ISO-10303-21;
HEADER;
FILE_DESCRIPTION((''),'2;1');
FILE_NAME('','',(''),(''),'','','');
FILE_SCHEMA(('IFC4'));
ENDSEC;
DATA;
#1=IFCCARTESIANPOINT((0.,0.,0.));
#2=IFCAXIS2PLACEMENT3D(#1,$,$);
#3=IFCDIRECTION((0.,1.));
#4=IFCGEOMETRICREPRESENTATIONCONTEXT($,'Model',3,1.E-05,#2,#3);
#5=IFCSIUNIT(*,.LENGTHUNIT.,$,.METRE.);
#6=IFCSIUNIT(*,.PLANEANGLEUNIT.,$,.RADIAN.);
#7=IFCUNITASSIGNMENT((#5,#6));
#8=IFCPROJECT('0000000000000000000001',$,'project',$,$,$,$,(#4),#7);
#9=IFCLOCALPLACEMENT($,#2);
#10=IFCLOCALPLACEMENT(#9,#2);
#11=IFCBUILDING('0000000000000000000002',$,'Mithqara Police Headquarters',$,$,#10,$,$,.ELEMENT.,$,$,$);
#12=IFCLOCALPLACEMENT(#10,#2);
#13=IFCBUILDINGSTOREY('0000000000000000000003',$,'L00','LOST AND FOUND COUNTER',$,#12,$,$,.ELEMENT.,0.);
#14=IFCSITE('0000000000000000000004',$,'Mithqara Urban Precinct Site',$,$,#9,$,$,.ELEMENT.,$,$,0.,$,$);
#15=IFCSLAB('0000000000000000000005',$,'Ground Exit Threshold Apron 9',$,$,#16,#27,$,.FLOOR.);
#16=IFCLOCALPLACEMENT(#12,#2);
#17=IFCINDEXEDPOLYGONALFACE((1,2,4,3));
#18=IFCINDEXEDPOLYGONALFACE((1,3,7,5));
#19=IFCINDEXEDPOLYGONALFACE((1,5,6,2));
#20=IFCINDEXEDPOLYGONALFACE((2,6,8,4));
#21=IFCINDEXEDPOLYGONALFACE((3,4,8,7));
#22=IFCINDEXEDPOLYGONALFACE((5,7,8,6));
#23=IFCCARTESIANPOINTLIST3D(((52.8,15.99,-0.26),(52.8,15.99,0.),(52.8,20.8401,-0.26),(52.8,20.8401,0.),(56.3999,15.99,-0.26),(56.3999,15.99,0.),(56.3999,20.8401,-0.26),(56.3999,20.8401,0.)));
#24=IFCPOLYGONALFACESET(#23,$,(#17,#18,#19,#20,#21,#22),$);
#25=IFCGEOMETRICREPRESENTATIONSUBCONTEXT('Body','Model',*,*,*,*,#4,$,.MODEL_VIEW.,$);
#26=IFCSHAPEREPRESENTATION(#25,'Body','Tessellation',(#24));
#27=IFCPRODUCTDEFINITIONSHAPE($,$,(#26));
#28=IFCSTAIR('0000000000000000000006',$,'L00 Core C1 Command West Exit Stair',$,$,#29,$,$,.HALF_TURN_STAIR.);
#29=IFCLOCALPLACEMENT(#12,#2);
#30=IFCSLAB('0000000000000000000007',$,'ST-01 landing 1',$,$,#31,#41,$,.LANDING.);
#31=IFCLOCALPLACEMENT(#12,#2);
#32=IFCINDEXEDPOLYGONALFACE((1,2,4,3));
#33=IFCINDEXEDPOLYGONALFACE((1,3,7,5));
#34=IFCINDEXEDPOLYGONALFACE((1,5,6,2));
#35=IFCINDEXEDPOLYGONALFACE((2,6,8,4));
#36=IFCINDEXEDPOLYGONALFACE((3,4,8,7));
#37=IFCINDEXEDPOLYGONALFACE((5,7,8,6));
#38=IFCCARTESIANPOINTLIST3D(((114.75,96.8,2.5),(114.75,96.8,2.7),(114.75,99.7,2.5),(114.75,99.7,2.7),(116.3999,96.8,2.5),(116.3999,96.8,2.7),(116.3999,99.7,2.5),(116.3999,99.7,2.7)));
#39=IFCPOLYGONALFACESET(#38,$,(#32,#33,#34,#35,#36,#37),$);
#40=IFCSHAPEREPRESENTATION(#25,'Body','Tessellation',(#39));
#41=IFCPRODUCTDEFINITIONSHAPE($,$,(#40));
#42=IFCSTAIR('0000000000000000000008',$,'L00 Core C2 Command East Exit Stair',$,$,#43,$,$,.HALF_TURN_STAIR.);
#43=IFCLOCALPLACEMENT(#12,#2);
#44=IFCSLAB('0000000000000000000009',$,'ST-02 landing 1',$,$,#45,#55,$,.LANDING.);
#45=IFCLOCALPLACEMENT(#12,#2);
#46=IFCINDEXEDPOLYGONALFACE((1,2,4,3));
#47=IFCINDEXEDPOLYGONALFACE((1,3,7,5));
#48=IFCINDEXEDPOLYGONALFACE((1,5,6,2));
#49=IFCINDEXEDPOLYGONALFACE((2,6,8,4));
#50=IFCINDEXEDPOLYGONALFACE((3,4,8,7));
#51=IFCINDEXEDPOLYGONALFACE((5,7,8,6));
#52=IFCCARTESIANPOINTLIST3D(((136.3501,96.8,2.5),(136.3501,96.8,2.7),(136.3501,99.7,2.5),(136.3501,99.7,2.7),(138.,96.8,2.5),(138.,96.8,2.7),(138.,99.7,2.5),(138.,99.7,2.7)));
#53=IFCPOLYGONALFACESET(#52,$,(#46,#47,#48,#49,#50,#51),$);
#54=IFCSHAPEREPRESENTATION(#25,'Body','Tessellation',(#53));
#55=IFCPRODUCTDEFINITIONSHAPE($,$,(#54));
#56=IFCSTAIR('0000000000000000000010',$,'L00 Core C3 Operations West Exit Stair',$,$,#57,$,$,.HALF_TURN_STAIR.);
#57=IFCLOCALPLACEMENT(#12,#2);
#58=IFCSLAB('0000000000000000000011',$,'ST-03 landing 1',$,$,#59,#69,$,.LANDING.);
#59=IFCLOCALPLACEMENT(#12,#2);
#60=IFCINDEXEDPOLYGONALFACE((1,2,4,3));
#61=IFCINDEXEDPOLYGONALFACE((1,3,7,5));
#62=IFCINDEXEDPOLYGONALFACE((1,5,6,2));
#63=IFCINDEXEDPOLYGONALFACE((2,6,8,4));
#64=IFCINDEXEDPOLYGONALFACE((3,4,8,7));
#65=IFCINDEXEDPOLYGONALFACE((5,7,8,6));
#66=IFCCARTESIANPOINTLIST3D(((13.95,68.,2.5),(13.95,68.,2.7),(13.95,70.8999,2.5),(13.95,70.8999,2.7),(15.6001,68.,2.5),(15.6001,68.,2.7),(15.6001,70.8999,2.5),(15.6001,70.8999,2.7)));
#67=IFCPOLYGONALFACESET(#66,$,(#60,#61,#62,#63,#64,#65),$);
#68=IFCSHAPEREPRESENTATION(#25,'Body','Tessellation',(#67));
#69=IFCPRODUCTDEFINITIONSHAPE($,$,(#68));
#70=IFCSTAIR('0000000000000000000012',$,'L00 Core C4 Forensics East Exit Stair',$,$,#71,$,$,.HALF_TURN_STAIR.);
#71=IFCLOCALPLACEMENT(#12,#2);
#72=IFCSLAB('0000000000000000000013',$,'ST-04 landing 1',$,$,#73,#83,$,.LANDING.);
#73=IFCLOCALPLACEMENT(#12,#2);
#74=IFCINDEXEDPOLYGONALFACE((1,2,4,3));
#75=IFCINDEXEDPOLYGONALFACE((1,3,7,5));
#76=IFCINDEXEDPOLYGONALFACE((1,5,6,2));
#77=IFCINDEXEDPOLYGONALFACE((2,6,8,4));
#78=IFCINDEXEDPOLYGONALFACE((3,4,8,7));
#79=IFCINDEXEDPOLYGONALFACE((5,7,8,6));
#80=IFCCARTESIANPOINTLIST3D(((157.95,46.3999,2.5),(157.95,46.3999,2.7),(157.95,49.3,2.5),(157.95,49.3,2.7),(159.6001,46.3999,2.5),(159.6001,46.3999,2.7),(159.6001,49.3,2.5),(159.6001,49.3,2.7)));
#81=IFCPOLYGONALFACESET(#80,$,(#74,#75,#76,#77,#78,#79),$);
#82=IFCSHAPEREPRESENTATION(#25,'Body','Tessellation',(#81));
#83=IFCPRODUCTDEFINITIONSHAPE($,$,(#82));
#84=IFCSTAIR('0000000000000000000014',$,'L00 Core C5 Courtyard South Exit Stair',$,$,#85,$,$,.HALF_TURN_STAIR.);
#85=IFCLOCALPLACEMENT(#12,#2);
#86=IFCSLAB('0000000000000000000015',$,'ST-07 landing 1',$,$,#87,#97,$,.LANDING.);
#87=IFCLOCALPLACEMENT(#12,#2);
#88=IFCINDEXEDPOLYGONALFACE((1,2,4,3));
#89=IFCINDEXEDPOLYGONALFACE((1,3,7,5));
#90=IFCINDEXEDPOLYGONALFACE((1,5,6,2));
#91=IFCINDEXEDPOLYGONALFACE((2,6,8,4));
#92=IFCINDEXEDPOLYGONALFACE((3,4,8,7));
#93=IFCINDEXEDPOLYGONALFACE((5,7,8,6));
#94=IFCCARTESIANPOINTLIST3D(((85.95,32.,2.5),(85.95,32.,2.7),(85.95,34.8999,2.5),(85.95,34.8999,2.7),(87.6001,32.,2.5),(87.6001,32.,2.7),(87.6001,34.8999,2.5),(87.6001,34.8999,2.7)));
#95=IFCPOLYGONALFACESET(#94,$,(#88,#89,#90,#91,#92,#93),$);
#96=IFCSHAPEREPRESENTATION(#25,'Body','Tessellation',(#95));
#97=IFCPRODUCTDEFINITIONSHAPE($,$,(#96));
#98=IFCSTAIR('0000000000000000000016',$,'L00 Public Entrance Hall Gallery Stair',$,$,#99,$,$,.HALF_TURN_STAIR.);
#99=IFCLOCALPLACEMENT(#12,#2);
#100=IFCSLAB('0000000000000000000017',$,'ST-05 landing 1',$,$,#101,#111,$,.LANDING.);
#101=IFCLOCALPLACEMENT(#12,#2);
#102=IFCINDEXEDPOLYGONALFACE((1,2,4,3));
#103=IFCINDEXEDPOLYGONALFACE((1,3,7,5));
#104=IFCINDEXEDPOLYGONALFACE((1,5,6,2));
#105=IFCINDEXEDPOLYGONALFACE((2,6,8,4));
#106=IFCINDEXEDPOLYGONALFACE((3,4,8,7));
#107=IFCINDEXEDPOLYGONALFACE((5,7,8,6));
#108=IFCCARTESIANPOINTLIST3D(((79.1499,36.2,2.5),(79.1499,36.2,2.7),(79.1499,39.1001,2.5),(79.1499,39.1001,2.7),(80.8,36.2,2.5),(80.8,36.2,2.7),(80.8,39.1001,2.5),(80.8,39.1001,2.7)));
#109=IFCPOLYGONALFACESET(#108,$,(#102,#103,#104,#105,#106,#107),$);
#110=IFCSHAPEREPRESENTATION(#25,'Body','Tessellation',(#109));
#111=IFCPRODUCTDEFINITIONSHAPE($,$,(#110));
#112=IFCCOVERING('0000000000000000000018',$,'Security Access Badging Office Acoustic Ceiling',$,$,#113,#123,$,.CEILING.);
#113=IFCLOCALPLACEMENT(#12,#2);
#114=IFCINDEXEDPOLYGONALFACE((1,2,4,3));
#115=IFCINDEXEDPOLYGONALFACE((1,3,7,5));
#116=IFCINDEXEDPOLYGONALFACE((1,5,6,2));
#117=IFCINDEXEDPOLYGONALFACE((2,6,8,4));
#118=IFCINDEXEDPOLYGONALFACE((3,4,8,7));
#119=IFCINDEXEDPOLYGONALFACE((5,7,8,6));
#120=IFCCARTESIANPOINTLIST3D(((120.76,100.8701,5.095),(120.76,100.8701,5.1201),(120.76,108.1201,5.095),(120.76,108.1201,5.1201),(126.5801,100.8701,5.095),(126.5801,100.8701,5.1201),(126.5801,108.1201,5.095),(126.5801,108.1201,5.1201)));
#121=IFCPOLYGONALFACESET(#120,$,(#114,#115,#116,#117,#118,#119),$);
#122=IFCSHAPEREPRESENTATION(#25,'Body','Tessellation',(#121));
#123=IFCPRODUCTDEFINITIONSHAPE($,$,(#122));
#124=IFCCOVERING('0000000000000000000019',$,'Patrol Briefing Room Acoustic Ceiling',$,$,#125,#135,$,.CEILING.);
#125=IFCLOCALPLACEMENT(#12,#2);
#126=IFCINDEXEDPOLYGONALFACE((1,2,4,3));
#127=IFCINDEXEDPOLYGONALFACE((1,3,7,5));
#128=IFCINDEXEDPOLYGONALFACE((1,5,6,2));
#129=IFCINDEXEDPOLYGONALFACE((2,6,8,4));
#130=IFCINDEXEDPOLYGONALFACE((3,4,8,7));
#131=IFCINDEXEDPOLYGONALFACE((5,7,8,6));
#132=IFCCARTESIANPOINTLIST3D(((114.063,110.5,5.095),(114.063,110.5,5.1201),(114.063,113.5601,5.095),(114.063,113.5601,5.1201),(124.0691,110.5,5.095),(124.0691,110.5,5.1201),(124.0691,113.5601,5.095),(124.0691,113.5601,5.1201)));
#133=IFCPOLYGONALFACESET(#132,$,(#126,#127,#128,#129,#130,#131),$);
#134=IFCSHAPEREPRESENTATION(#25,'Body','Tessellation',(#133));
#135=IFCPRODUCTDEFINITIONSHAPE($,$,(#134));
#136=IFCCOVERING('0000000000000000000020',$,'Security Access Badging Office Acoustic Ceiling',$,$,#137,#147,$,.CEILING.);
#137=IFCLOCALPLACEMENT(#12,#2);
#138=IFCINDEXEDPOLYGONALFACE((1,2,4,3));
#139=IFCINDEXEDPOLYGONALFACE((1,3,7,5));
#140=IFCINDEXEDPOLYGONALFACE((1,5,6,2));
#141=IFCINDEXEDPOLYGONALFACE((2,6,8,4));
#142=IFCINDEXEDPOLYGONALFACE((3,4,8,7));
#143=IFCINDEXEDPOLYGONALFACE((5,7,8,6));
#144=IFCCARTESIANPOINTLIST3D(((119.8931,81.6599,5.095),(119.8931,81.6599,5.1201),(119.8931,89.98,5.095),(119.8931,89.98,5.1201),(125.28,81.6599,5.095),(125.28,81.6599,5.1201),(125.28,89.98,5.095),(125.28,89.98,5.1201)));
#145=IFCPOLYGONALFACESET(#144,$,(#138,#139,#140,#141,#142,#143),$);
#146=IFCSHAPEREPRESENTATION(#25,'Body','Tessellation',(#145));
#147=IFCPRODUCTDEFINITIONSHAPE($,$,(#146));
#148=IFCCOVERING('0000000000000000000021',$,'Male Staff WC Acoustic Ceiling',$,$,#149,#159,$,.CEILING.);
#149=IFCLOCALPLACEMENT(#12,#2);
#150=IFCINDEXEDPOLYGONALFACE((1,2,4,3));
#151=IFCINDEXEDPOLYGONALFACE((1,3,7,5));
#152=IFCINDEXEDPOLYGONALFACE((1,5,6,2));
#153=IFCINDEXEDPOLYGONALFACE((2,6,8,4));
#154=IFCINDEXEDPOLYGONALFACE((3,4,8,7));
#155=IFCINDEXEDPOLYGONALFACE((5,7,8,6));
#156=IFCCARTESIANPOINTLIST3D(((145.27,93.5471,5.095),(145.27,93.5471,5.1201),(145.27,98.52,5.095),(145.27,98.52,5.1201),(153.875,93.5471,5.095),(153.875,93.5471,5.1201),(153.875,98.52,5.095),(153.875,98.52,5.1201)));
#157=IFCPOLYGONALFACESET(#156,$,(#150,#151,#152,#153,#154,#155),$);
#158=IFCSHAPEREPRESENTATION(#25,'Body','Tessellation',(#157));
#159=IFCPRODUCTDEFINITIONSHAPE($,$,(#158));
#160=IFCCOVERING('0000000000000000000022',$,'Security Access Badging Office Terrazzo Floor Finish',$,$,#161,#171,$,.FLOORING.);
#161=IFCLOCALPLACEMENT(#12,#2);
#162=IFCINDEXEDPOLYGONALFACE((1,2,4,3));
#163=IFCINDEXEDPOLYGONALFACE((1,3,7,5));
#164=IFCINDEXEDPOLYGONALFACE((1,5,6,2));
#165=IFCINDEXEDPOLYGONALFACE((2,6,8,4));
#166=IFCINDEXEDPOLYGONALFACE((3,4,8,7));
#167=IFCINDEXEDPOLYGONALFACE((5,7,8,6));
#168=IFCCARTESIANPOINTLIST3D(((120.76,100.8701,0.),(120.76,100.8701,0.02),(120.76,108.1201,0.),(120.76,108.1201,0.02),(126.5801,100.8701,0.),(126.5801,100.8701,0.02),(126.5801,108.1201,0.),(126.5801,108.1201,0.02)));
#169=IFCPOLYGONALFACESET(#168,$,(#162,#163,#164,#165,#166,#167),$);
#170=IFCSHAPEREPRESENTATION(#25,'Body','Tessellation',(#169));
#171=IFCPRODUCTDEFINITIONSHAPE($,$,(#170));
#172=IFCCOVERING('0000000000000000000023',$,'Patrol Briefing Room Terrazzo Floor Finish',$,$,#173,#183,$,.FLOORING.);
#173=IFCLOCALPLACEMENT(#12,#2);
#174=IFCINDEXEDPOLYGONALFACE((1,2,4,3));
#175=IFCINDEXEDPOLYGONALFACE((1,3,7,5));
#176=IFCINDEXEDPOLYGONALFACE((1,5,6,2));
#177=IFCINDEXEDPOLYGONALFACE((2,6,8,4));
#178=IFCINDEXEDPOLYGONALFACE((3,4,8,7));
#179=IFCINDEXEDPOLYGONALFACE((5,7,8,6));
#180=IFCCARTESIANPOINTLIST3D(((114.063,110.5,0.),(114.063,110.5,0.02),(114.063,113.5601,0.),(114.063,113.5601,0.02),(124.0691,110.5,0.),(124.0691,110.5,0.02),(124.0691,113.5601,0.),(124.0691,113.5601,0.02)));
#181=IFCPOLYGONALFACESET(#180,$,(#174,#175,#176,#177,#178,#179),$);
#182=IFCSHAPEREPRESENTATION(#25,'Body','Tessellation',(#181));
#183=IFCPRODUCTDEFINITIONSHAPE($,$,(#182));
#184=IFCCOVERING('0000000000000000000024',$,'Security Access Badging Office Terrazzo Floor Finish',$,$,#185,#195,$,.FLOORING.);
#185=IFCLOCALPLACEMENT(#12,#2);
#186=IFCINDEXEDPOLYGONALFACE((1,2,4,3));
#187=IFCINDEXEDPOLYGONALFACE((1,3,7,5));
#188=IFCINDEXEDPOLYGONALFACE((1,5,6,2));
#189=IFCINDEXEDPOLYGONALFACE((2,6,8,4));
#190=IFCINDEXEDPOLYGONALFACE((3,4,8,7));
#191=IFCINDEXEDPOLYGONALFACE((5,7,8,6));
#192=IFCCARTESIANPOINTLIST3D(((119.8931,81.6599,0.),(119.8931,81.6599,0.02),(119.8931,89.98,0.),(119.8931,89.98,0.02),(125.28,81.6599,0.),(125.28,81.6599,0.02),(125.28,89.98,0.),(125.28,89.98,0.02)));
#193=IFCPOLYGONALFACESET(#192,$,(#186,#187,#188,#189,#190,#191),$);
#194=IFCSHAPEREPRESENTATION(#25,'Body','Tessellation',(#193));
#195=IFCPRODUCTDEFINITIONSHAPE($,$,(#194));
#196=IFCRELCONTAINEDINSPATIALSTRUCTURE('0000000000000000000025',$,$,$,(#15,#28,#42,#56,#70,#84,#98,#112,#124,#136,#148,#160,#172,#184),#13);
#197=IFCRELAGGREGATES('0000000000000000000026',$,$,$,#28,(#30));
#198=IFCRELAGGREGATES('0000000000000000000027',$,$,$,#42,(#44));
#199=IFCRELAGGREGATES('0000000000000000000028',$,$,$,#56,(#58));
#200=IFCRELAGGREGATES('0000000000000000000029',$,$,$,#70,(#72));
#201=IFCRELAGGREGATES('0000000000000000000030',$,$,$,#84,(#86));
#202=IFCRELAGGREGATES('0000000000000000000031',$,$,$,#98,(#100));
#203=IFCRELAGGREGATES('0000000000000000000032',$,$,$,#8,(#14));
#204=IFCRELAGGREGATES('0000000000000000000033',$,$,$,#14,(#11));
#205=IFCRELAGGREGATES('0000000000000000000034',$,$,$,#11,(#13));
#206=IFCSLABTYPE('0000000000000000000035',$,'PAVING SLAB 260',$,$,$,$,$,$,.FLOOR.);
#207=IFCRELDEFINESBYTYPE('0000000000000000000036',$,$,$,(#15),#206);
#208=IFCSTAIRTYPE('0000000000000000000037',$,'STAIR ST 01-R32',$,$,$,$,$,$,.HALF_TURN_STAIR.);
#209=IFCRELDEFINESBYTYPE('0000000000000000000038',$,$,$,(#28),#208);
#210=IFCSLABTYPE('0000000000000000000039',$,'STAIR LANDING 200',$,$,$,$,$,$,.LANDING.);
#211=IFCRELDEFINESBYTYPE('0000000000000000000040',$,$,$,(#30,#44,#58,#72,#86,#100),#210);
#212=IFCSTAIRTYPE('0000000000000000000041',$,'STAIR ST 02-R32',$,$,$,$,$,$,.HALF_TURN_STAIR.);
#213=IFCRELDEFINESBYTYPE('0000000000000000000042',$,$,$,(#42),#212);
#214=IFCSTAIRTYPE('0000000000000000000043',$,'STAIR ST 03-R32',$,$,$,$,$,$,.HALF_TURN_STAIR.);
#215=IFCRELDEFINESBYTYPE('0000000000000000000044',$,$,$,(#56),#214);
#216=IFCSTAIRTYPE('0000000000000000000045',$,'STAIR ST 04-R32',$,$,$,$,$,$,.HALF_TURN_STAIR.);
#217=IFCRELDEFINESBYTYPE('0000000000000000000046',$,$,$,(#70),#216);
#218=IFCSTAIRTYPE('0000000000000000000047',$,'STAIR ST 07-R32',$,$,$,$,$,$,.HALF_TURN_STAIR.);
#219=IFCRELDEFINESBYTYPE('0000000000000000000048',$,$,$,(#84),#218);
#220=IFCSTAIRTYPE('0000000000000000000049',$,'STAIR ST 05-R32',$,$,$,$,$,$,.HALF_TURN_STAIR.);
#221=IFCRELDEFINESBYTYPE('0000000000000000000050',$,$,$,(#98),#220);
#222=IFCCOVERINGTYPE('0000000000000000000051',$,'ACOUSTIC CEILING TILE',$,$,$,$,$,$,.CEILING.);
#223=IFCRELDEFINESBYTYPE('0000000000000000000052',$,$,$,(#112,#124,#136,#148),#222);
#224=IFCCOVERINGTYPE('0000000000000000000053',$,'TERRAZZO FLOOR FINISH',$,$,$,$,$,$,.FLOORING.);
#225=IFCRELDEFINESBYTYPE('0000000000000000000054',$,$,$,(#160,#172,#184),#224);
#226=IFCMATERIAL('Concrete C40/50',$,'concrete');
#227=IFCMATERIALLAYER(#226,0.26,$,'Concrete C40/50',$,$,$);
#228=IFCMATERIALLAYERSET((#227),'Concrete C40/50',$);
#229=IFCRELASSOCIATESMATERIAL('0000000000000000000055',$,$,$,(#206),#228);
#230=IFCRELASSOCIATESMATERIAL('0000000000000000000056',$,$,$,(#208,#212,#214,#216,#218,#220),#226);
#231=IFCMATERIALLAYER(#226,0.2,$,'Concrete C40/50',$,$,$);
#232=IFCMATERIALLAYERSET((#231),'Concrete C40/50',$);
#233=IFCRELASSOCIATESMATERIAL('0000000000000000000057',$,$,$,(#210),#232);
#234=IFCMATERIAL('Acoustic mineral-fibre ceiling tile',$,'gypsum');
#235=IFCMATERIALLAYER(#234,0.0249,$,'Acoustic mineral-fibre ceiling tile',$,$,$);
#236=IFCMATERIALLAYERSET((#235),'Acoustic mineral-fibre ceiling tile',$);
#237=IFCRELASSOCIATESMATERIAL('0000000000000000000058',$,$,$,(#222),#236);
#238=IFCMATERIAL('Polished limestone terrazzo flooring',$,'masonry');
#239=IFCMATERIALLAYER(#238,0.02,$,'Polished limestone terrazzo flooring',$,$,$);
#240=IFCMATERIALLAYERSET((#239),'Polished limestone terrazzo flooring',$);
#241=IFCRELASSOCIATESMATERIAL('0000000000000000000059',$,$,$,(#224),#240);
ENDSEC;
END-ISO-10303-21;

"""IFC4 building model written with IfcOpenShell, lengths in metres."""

from ifc_helpers import new_model, si_unit, direction, frame, origin, place, context, subcontext, project, spatial, polyline, outline, extrude, material, layer, layer_set, type_object, element, aggregate, save


model = new_model("IFC4")

# Units and contexts
model_context = context("Model", 3, precision=1e-05, world=origin(), true_north=direction((0.0, 1.0)))
body_context = subcontext(model_context, "Body", "Model", "MODEL_VIEW")
ifc_project = project(units=[si_unit("LENGTHUNIT", "METRE"), si_unit("PLANEANGLEUNIT", "RADIAN")], contexts=[model_context])

# Site, building, storey
site_placement = place(None, origin())
site = spatial("IfcSite", under=ifc_project, at=site_placement, Name="Mithqara Urban Precinct Site", CompositionType="ELEMENT", RefElevation=0.0)
building_placement = place(site_placement, origin())
building = spatial("IfcBuilding", under=site, at=building_placement, Name="Mithqara Police Headquarters", CompositionType="ELEMENT")
storey_placement = place(building_placement, origin())
storey = spatial("IfcBuildingStorey", under=building, at=storey_placement, Name="L00", Description="LOST AND FOUND COUNTER", CompositionType="ELEMENT", Elevation=0.0)

# Slab
ifc_material_1 = material(Name="Concrete C40/50", Category="concrete")
ifc_layer_1 = layer(ifc_material_1, 0.26, Name="Concrete C40/50")
ifc_layer_set_1 = layer_set([ifc_layer_1], Name="Concrete C40/50")
slab_type_1 = type_object("IfcSlabType", Name="PAVING SLAB 260", PredefinedType="FLOOR", material=ifc_layer_set_1)
slab_1_placement = place(storey_placement, frame((0.0, 0.0, -0.26)))
element("IfcSlab", 1, at=slab_1_placement, inside=storey, type_object=slab_type_1, Name="Ground Exit Threshold Apron 9", PredefinedType="FLOOR", context=body_context, shape_type="SweptSolid", body=[
    extrude(outline(polyline([(56.3999, 20.8401), (56.3999, 15.99), (52.8, 15.99), (52.8, 20.8401), (56.3999, 20.8401)])), origin(), (0.0, 0.0, 1.0), 0.26),
])

# Stairs, slabs
stair_type_1 = type_object("IfcStairType", Name="STAIR ST 01-R32", PredefinedType="HALF_TURN_STAIR", material=ifc_material_1)
stair_1_placement = place(storey_placement, origin())
stair_1 = element("IfcStair", 2, at=stair_1_placement, inside=storey, type_object=stair_type_1, Name="L00 Core C1 Command West Exit Stair", PredefinedType="HALF_TURN_STAIR")
ifc_layer_2 = layer(ifc_material_1, 0.2, Name="Concrete C40/50")
ifc_layer_set_2 = layer_set([ifc_layer_2], Name="Concrete C40/50")
slab_type_2 = type_object("IfcSlabType", Name="STAIR LANDING 200", PredefinedType="LANDING", material=ifc_layer_set_2)
slab_2_placement = place(storey_placement, frame((0.0, 0.0, 2.5)))
slab_2 = element("IfcSlab", 3, at=slab_2_placement, type_object=slab_type_2, Name="ST-01 landing 1", PredefinedType="LANDING", context=body_context, shape_type="SweptSolid", body=[
    extrude(outline(polyline([(114.75, 96.8), (116.3999, 96.8), (116.3999, 99.7), (114.75, 99.7), (114.75, 96.8)])), origin(), (0.0, 0.0, 1.0), 0.2),
])
aggregate(stair_1, [slab_2])
stair_type_2 = type_object("IfcStairType", Name="STAIR ST 02-R32", PredefinedType="HALF_TURN_STAIR", material=ifc_material_1)
stair_2_placement = place(storey_placement, origin())
stair_2 = element("IfcStair", 4, at=stair_2_placement, inside=storey, type_object=stair_type_2, Name="L00 Core C2 Command East Exit Stair", PredefinedType="HALF_TURN_STAIR")
slab_3_placement = place(storey_placement, frame((0.0, 0.0, 2.5)))
slab_3 = element("IfcSlab", 5, at=slab_3_placement, type_object=slab_type_2, Name="ST-02 landing 1", PredefinedType="LANDING", context=body_context, shape_type="SweptSolid", body=[
    extrude(outline(polyline([(136.3501, 96.8), (138.0, 96.8), (138.0, 99.7), (136.3501, 99.7), (136.3501, 96.8)])), origin(), (0.0, 0.0, 1.0), 0.2),
])
aggregate(stair_2, [slab_3])
stair_type_3 = type_object("IfcStairType", Name="STAIR ST 03-R32", PredefinedType="HALF_TURN_STAIR", material=ifc_material_1)
stair_3_placement = place(storey_placement, origin())
stair_3 = element("IfcStair", 6, at=stair_3_placement, inside=storey, type_object=stair_type_3, Name="L00 Core C3 Operations West Exit Stair", PredefinedType="HALF_TURN_STAIR")
slab_4_placement = place(storey_placement, frame((0.0, 0.0, 2.5)))
slab_4 = element("IfcSlab", 7, at=slab_4_placement, type_object=slab_type_2, Name="ST-03 landing 1", PredefinedType="LANDING", context=body_context, shape_type="SweptSolid", body=[
    extrude(outline(polyline([(13.95, 68.0), (15.6001, 68.0), (15.6001, 70.8999), (13.95, 70.8999), (13.95, 68.0)])), origin(), (0.0, 0.0, 1.0), 0.2),
])
aggregate(stair_3, [slab_4])
stair_type_4 = type_object("IfcStairType", Name="STAIR ST 04-R32", PredefinedType="HALF_TURN_STAIR", material=ifc_material_1)
stair_4_placement = place(storey_placement, origin())
stair_4 = element("IfcStair", 8, at=stair_4_placement, inside=storey, type_object=stair_type_4, Name="L00 Core C4 Forensics East Exit Stair", PredefinedType="HALF_TURN_STAIR")
slab_5_placement = place(storey_placement, frame((0.0, 0.0, 2.5)))
slab_5 = element("IfcSlab", 9, at=slab_5_placement, type_object=slab_type_2, Name="ST-04 landing 1", PredefinedType="LANDING", context=body_context, shape_type="SweptSolid", body=[
    extrude(outline(polyline([(157.95, 46.3999), (159.6001, 46.3999), (159.6001, 49.3), (157.95, 49.3), (157.95, 46.3999)])), origin(), (0.0, 0.0, 1.0), 0.2),
])
aggregate(stair_4, [slab_5])
stair_type_5 = type_object("IfcStairType", Name="STAIR ST 07-R32", PredefinedType="HALF_TURN_STAIR", material=ifc_material_1)
stair_5_placement = place(storey_placement, origin())
stair_5 = element("IfcStair", 10, at=stair_5_placement, inside=storey, type_object=stair_type_5, Name="L00 Core C5 Courtyard South Exit Stair", PredefinedType="HALF_TURN_STAIR")
slab_6_placement = place(storey_placement, frame((0.0, 0.0, 2.5)))
slab_6 = element("IfcSlab", 11, at=slab_6_placement, type_object=slab_type_2, Name="ST-07 landing 1", PredefinedType="LANDING", context=body_context, shape_type="SweptSolid", body=[
    extrude(outline(polyline([(85.95, 32.0), (87.6001, 32.0), (87.6001, 34.8999), (85.95, 34.8999), (85.95, 32.0)])), origin(), (0.0, 0.0, 1.0), 0.2),
])
aggregate(stair_5, [slab_6])
stair_type_6 = type_object("IfcStairType", Name="STAIR ST 05-R32", PredefinedType="HALF_TURN_STAIR", material=ifc_material_1)
stair_6_placement = place(storey_placement, origin())
stair_6 = element("IfcStair", 12, at=stair_6_placement, inside=storey, type_object=stair_type_6, Name="L00 Public Entrance Hall Gallery Stair", PredefinedType="HALF_TURN_STAIR")
slab_7_placement = place(storey_placement, frame((0.0, 0.0, 2.5)))
slab_7 = element("IfcSlab", 13, at=slab_7_placement, type_object=slab_type_2, Name="ST-05 landing 1", PredefinedType="LANDING", context=body_context, shape_type="SweptSolid", body=[
    extrude(outline(polyline([(79.1499, 36.2), (80.8, 36.2), (80.8, 39.1001), (79.1499, 39.1001), (79.1499, 36.2)])), origin(), (0.0, 0.0, 1.0), 0.2),
])
aggregate(stair_6, [slab_7])

# Coverings
ifc_material_2 = material(Name="Acoustic mineral-fibre ceiling tile", Category="gypsum")
ifc_layer_3 = layer(ifc_material_2, 0.0249, Name="Acoustic mineral-fibre ceiling tile")
ifc_layer_set_3 = layer_set([ifc_layer_3], Name="Acoustic mineral-fibre ceiling tile")
covering_type_1 = type_object("IfcCoveringType", Name="ACOUSTIC CEILING TILE", PredefinedType="CEILING", material=ifc_layer_set_3)
covering_1_placement = place(storey_placement, frame((0.0, 0.0, 5.095)))
element("IfcCovering", 14, at=covering_1_placement, inside=storey, type_object=covering_type_1, Name="Security Access Badging Office Acoustic Ceiling", PredefinedType="CEILING", context=body_context, shape_type="SweptSolid", body=[
    extrude(outline(polyline([(120.76, 100.8701), (126.5801, 100.8701), (126.5801, 108.1201), (120.76, 108.1201), (120.76, 100.8701)])), origin(), (0.0, 0.0, 1.0), 0.0251),
])
covering_2_placement = place(storey_placement, frame((0.0, 0.0, 5.095)))
element("IfcCovering", 15, at=covering_2_placement, inside=storey, type_object=covering_type_1, Name="Patrol Briefing Room Acoustic Ceiling", PredefinedType="CEILING", context=body_context, shape_type="SweptSolid", body=[
    extrude(outline(polyline([(114.063, 110.5), (124.0691, 110.5), (124.0691, 113.5601), (114.063, 113.5601), (114.063, 110.5)])), origin(), (0.0, 0.0, 1.0), 0.0251),
])
covering_3_placement = place(storey_placement, frame((0.0, 0.0, 5.095)))
element("IfcCovering", 16, at=covering_3_placement, inside=storey, type_object=covering_type_1, Name="Security Access Badging Office Acoustic Ceiling", PredefinedType="CEILING", context=body_context, shape_type="SweptSolid", body=[
    extrude(outline(polyline([(119.8931, 81.6599), (125.28, 81.6599), (125.28, 89.98), (119.8931, 89.98), (119.8931, 81.6599)])), origin(), (0.0, 0.0, 1.0), 0.0251),
])
covering_4_placement = place(storey_placement, frame((0.0, 0.0, 5.095)))
element("IfcCovering", 17, at=covering_4_placement, inside=storey, type_object=covering_type_1, Name="Male Staff WC Acoustic Ceiling", PredefinedType="CEILING", context=body_context, shape_type="SweptSolid", body=[
    extrude(outline(polyline([(145.27, 93.5471), (153.875, 93.5471), (153.875, 98.52), (145.27, 98.52), (145.27, 93.5471)])), origin(), (0.0, 0.0, 1.0), 0.0251),
])
ifc_material_3 = material(Name="Polished limestone terrazzo flooring", Category="masonry")
ifc_layer_4 = layer(ifc_material_3, 0.02, Name="Polished limestone terrazzo flooring")
ifc_layer_set_4 = layer_set([ifc_layer_4], Name="Polished limestone terrazzo flooring")
covering_type_2 = type_object("IfcCoveringType", Name="TERRAZZO FLOOR FINISH", PredefinedType="FLOORING", material=ifc_layer_set_4)
covering_5_placement = place(storey_placement, origin())
element("IfcCovering", 18, at=covering_5_placement, inside=storey, type_object=covering_type_2, Name="Security Access Badging Office Terrazzo Floor Finish", PredefinedType="FLOORING", context=body_context, shape_type="SweptSolid", body=[
    extrude(outline(polyline([(120.76, 100.8701), (126.5801, 100.8701), (126.5801, 108.1201), (120.76, 108.1201), (120.76, 100.8701)])), origin(), (0.0, 0.0, 1.0), 0.02),
])
covering_6_placement = place(storey_placement, origin())
element("IfcCovering", 19, at=covering_6_placement, inside=storey, type_object=covering_type_2, Name="Patrol Briefing Room Terrazzo Floor Finish", PredefinedType="FLOORING", context=body_context, shape_type="SweptSolid", body=[
    extrude(outline(polyline([(114.063, 110.5), (124.0691, 110.5), (124.0691, 113.5601), (114.063, 113.5601), (114.063, 110.5)])), origin(), (0.0, 0.0, 1.0), 0.02),
])
covering_7_placement = place(storey_placement, origin())
element("IfcCovering", 20, at=covering_7_placement, inside=storey, type_object=covering_type_2, Name="Security Access Badging Office Terrazzo Floor Finish", PredefinedType="FLOORING", context=body_context, shape_type="SweptSolid", body=[
    extrude(outline(polyline([(119.8931, 81.6599), (125.28, 81.6599), (125.28, 89.98), (119.8931, 89.98), (119.8931, 81.6599)])), origin(), (0.0, 0.0, 1.0), 0.02),
])

save(model, "model.ifc")
